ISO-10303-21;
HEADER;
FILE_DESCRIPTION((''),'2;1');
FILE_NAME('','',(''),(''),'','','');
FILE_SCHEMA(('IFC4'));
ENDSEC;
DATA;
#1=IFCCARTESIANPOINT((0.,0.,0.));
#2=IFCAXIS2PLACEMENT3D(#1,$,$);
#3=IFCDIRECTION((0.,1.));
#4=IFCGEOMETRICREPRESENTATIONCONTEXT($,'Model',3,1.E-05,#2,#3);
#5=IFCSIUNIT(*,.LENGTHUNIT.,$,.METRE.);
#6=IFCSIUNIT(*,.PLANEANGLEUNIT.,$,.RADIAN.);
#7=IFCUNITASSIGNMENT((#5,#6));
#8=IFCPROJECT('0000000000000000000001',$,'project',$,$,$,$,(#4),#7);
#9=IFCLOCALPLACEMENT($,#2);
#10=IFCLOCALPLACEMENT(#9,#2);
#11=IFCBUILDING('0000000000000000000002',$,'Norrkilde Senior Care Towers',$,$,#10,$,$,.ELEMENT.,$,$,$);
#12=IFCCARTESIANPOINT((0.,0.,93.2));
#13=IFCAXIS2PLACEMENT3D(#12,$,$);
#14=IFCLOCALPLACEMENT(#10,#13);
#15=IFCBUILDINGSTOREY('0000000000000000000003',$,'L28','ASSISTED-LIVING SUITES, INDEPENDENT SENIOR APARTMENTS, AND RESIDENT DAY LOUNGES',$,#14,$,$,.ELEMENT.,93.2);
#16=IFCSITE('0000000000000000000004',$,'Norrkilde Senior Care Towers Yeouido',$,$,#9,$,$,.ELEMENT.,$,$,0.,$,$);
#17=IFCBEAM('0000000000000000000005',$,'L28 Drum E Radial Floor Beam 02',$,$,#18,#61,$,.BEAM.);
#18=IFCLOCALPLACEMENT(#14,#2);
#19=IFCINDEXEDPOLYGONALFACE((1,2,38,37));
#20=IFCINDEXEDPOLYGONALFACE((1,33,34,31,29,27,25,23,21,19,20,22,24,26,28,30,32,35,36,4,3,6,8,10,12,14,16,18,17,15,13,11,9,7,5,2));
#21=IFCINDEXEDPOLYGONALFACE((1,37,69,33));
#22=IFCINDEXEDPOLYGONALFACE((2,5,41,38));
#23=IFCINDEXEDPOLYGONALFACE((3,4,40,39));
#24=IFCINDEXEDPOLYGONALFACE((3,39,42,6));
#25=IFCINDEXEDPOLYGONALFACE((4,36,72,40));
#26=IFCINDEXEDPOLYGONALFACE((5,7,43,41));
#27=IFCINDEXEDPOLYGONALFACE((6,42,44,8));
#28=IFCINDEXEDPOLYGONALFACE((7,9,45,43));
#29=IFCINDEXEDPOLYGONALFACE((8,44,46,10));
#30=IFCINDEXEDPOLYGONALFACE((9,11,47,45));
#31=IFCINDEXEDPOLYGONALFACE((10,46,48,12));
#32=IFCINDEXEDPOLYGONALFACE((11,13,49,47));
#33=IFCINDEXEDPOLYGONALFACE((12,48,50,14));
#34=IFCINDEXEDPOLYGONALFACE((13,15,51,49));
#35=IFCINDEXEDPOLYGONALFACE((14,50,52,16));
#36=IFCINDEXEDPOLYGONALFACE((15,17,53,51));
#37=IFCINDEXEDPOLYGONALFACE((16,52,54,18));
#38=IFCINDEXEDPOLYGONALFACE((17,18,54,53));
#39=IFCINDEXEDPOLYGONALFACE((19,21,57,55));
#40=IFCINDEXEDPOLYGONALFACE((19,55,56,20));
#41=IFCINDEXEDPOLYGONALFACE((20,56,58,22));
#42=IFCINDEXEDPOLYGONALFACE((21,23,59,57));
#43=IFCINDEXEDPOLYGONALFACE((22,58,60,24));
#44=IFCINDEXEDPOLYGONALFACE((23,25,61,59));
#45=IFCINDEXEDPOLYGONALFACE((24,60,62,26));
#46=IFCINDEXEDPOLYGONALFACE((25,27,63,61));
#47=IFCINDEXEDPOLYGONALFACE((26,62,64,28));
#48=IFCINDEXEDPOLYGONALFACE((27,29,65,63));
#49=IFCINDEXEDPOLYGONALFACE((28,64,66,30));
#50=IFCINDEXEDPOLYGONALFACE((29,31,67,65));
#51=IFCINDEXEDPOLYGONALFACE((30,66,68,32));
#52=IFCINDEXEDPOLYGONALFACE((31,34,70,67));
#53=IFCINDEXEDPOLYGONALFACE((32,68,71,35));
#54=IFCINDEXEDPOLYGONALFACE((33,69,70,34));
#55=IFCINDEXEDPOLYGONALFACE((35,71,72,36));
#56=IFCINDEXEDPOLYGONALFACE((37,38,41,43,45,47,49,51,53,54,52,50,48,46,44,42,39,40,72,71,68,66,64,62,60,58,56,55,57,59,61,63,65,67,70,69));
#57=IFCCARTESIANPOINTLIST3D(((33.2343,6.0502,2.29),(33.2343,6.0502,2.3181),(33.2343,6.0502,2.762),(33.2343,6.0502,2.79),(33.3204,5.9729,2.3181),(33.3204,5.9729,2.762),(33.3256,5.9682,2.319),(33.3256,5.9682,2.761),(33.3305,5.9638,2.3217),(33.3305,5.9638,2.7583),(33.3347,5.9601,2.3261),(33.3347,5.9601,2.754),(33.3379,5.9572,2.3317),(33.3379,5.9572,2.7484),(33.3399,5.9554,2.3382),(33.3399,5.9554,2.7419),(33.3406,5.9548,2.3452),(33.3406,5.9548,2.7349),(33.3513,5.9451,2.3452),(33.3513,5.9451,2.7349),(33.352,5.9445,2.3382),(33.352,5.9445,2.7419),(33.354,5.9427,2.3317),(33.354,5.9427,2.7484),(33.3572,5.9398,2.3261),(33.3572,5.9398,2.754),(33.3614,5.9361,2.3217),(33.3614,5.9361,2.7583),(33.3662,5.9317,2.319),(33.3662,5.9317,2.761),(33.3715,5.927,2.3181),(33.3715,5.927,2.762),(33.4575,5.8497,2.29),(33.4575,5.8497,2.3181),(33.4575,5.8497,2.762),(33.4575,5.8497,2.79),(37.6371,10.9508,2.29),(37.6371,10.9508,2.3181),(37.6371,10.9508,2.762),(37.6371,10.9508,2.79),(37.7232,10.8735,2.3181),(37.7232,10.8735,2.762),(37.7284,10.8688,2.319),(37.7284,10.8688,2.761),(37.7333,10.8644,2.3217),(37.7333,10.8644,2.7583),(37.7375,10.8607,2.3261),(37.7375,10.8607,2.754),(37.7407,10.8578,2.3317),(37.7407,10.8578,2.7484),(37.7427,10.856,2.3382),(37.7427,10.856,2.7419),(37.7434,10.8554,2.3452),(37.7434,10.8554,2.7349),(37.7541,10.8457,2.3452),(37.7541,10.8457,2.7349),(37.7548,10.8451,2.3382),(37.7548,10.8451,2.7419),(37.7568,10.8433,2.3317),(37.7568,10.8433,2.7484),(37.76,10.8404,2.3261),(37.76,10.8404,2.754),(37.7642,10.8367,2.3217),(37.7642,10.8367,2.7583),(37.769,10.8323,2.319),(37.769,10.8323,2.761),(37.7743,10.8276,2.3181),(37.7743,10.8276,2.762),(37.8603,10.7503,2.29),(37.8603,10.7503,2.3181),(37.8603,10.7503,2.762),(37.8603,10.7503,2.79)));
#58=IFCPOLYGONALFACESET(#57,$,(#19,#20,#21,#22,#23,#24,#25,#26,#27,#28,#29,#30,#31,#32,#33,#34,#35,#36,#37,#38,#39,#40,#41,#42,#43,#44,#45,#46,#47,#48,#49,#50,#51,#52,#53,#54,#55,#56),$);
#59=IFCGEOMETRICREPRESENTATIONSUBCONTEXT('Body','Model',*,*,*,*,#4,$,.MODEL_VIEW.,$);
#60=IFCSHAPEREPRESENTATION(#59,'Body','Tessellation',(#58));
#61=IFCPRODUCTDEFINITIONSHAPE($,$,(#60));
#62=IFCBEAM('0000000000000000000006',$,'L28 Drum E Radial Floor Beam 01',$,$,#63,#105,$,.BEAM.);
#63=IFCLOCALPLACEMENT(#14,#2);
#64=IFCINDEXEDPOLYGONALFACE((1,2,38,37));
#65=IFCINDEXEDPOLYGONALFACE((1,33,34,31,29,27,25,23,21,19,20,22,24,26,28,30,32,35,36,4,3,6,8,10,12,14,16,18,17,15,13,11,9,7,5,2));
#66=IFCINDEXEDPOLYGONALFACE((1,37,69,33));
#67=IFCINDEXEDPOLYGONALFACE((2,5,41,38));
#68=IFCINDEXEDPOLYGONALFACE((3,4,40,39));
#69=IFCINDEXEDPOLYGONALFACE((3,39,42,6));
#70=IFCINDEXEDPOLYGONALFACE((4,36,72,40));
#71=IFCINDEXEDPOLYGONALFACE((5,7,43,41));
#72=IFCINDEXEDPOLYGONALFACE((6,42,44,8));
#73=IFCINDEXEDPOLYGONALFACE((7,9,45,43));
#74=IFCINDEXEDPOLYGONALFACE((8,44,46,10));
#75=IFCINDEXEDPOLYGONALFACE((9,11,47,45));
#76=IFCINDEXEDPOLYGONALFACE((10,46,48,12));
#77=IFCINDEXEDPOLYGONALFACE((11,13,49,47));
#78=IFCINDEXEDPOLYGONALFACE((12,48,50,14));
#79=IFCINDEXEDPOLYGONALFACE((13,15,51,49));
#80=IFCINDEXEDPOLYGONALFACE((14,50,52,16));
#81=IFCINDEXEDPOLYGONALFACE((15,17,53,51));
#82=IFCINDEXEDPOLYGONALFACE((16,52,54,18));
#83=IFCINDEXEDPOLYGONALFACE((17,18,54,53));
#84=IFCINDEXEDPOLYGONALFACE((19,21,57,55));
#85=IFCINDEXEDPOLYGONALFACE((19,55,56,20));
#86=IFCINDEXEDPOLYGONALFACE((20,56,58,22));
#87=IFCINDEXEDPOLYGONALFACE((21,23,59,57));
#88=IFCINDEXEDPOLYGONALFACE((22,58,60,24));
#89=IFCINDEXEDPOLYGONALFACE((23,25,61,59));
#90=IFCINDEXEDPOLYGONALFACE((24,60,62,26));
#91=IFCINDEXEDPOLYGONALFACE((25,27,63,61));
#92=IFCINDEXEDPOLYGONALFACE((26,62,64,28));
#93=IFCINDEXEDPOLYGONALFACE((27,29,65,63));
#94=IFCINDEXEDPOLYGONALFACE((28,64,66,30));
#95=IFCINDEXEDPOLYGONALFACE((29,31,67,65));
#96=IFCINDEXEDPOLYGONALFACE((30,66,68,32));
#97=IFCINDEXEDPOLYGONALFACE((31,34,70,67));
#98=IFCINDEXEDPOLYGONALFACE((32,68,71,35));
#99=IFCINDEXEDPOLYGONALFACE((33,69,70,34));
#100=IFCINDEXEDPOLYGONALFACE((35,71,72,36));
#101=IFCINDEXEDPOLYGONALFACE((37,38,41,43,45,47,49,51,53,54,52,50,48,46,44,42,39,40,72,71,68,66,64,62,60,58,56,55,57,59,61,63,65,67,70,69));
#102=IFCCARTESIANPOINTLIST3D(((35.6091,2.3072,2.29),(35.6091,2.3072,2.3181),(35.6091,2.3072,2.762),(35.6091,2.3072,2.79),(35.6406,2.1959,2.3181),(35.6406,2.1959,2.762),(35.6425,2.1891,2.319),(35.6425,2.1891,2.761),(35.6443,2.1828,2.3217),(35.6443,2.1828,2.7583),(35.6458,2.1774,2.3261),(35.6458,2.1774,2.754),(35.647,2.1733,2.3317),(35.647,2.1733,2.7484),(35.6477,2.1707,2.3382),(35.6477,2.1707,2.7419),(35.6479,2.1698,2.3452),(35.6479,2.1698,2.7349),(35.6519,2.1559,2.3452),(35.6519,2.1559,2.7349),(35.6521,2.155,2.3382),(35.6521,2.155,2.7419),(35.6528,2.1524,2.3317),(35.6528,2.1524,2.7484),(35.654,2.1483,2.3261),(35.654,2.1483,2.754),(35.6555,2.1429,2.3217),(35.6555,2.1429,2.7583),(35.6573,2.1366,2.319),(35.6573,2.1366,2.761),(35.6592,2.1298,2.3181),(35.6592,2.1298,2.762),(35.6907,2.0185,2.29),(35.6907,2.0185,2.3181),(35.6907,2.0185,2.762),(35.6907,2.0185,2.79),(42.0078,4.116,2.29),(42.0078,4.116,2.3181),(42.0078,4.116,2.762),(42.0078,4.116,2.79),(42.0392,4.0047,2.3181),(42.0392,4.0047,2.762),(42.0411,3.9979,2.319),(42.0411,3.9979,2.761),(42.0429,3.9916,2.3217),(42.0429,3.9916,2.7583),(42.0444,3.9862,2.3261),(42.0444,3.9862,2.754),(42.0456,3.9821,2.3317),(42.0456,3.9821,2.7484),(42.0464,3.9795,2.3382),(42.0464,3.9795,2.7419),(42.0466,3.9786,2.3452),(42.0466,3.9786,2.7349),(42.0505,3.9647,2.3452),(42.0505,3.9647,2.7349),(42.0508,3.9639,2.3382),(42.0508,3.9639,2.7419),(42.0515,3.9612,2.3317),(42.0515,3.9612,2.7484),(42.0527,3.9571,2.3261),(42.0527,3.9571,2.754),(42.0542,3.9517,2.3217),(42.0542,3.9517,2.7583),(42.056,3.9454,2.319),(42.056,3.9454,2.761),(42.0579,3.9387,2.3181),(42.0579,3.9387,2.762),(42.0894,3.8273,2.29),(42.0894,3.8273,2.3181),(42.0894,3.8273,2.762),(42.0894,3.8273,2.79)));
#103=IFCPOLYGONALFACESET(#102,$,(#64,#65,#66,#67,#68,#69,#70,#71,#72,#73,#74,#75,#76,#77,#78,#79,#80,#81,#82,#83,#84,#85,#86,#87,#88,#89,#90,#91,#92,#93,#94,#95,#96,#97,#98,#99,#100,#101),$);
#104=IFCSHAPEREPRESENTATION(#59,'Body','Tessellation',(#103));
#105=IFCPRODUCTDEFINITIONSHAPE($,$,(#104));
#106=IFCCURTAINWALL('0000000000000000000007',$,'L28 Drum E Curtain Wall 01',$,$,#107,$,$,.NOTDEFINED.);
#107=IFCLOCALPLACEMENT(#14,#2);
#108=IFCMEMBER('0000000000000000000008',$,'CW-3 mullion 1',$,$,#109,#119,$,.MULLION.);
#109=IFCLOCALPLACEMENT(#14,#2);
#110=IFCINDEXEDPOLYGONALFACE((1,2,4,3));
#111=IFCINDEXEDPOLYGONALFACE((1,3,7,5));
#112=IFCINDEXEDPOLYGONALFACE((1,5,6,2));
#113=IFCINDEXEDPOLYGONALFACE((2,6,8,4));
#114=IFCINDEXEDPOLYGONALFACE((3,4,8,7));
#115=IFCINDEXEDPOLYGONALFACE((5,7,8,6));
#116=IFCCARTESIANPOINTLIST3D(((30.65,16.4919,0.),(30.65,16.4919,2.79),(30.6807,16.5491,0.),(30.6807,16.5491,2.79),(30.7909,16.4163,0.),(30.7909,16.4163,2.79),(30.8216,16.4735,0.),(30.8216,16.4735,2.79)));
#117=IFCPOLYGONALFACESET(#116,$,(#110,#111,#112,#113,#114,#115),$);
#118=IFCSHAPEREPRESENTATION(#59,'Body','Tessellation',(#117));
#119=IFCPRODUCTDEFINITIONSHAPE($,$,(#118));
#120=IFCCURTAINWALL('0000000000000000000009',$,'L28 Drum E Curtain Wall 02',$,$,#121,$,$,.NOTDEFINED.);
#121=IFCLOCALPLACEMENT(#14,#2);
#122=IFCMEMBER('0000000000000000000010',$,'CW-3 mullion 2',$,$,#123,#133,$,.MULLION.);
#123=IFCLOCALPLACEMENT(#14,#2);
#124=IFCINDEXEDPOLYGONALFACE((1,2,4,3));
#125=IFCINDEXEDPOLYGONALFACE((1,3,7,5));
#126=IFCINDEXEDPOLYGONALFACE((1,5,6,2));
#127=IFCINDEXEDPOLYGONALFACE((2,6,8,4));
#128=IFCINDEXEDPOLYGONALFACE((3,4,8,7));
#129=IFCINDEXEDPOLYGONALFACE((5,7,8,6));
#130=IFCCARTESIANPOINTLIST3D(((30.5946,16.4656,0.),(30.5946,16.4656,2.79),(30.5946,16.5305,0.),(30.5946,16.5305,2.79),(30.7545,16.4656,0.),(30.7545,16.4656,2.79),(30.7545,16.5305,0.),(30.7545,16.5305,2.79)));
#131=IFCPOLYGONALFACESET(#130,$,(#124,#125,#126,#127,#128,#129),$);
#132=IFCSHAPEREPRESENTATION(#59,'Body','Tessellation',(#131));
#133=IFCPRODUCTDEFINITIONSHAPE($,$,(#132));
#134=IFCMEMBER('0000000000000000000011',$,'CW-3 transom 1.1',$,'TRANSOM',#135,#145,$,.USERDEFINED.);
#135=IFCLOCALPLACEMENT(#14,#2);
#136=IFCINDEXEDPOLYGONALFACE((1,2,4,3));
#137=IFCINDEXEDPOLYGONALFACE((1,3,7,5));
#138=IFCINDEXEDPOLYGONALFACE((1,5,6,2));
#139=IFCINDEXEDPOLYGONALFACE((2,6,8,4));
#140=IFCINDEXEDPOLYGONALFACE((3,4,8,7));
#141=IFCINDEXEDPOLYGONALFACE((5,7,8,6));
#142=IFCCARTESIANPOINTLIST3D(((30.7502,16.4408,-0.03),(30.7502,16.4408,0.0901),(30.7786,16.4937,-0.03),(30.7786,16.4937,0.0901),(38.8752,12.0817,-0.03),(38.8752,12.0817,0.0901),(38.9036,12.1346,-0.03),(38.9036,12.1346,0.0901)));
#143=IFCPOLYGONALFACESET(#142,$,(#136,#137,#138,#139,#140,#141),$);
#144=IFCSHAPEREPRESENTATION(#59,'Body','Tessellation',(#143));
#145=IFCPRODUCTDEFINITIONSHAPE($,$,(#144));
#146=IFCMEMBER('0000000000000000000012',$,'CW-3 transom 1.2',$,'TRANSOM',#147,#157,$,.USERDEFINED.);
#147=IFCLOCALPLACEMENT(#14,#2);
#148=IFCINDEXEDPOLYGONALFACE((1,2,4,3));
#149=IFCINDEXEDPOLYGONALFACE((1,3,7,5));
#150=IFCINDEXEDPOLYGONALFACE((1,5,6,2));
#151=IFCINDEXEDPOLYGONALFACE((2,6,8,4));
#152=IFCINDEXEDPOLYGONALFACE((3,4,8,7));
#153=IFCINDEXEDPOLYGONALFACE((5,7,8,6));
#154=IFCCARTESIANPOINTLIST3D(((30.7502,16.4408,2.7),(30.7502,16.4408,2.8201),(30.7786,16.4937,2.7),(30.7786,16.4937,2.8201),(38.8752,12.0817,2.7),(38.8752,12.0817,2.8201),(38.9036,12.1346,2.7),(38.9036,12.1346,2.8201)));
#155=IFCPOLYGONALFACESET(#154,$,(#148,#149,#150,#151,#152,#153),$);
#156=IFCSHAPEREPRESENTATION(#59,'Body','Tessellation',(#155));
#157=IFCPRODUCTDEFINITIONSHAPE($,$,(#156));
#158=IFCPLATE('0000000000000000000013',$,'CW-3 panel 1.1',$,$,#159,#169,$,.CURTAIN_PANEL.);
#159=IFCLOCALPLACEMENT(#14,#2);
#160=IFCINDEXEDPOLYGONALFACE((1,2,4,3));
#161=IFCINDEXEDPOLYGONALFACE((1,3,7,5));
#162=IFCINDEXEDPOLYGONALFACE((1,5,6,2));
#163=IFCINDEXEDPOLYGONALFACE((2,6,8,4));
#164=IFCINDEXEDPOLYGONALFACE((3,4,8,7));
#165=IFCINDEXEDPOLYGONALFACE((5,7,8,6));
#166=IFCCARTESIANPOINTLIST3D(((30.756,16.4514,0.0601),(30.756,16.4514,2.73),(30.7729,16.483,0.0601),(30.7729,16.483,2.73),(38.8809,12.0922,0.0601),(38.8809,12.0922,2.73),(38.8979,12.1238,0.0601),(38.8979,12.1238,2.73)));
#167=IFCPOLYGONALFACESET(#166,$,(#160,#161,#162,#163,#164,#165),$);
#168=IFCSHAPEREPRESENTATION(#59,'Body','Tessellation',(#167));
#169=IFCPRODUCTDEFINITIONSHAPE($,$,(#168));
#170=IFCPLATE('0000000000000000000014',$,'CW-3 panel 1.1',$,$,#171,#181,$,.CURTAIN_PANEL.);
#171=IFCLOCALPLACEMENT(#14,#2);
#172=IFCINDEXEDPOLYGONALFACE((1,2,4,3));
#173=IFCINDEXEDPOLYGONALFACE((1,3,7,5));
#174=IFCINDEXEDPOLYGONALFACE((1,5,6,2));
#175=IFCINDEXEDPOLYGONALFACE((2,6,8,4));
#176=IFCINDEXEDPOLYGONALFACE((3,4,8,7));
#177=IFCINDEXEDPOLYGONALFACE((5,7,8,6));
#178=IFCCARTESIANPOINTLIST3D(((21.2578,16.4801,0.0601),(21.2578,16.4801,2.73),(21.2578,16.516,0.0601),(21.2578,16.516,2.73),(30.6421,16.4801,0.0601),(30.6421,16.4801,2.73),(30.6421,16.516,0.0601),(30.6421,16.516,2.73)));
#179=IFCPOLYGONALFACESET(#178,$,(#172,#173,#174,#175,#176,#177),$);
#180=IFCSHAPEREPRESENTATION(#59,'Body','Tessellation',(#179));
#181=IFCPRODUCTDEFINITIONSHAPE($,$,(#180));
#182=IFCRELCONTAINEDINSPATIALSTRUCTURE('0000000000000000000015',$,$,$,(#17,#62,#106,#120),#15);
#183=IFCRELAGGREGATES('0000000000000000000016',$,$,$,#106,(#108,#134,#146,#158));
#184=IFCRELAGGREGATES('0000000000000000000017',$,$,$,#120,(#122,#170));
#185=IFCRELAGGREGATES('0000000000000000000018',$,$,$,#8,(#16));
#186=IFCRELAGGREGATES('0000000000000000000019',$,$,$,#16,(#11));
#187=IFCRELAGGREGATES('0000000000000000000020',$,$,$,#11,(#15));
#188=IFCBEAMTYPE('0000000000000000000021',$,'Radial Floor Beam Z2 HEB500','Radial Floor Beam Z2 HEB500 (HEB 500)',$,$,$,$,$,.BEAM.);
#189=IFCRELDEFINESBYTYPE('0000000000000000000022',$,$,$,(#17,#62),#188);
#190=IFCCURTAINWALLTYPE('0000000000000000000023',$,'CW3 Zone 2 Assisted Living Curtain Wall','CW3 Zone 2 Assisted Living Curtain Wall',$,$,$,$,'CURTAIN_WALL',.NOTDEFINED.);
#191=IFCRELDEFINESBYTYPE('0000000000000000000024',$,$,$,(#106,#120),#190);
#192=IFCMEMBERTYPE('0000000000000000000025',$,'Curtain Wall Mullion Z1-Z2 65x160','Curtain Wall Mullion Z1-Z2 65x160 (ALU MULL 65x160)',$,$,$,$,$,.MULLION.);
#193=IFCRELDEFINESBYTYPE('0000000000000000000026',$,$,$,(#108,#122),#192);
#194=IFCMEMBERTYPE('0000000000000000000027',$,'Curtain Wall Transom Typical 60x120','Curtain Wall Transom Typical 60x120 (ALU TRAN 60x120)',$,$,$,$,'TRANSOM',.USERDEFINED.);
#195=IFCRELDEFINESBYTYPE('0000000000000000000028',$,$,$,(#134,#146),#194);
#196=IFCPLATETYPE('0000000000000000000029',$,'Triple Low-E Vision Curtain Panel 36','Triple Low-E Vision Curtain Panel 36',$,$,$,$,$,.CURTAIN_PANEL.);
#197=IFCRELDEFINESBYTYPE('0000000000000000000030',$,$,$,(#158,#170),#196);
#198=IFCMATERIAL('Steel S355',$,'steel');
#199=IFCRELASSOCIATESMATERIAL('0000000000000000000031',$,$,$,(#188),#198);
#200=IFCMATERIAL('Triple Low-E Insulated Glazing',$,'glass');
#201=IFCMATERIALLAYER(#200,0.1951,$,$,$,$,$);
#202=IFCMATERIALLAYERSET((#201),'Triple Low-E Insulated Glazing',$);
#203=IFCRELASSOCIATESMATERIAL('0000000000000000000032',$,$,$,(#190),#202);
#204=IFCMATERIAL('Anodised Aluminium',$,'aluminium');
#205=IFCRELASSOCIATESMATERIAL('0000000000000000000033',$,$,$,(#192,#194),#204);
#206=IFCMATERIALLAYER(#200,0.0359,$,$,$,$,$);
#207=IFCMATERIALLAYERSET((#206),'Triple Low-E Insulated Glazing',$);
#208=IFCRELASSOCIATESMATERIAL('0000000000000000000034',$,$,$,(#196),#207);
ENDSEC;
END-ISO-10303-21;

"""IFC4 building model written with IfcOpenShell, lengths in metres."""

from ifc_helpers import new_model, si_unit, direction, frame, origin, origin_2d, place, context, subcontext, project, spatial, rectangle, i_section, extrude, source, transform, mapped, material, layer, layer_set, material_profile, profile_set, type_object, type_shapes, element, aggregate, save


model = new_model("IFC4")

# Units and contexts
model_context = context("Model", 3, precision=1e-05, world=origin(), true_north=direction((0.0, 1.0)))
body_context = subcontext(model_context, "Body", "Model", "MODEL_VIEW")
ifc_project = project(units=[si_unit("LENGTHUNIT", "METRE"), si_unit("PLANEANGLEUNIT", "RADIAN")], contexts=[model_context])

# Site, building, storey
site_placement = place(None, origin())
site = spatial("IfcSite", under=ifc_project, at=site_placement, Name="Norrkilde Senior Care Towers Yeouido", CompositionType="ELEMENT", RefElevation=0.0)
building_placement = place(site_placement, origin())
building = spatial("IfcBuilding", under=site, at=building_placement, Name="Norrkilde Senior Care Towers", CompositionType="ELEMENT")
storey_placement = place(building_placement, frame((0.0, 0.0, 93.2)))
storey = spatial("IfcBuildingStorey", under=building, at=storey_placement, Name="L28", Description="ASSISTED-LIVING SUITES, INDEPENDENT SENIOR APARTMENTS, AND RESIDENT DAY LOUNGES", CompositionType="ELEMENT", Elevation=93.2)

# Beams
ifc_material_1 = material(Name="Steel S355", Category="steel")
ifc_material_profile_1 = material_profile(ifc_material_1, i_section(OverallWidth=0.3, OverallDepth=0.5, WebThickness=0.0144, FlangeThickness=0.0281, FilletRadius=0.0271, at=origin_2d()), Name="HEB 500")
ifc_profile_set_1 = profile_set([ifc_material_profile_1], Name="Steel S355")
beam_type_1 = type_object("IfcBeamType", Name="Radial Floor Beam Z2 HEB500", Description="Radial Floor Beam Z2 HEB500 (HEB 500)", PredefinedType="BEAM", material=ifc_profile_set_1)
shared_shape_1 = source(origin(), body_context, "Body", "SweptSolid", [
    extrude(i_section(OverallWidth=0.3, OverallDepth=0.5, WebThickness=0.0144, FlangeThickness=0.0281, FilletRadius=0.0271, at=origin_2d()), origin(), (0.0, 0.0, 1.0), 6.5879),
])
beam_1_placement = place(storey_placement, frame((33.3459, 5.95, 2.54), z_axis=(0.668315, 0.743878, 0.0), x_axis=(-0.743878, 0.668315, 0.0)))
element("IfcBeam", 1, at=beam_1_placement, inside=storey, type_object=beam_type_1, Name="L28 Drum E Radial Floor Beam 02", PredefinedType="BEAM", context=body_context, shape_type="MappedRepresentation", body=[
    mapped(shared_shape_1, transform((0.0, 0.0, 0.0), x_axis=(1.0, 0.0, 0.0), y_axis=(0.0, 1.0, 0.0), z_axis=(0.0, 0.0, 1.0), scale=1.0)),
])
shared_shape_2 = source(origin(), body_context, "Body", "SweptSolid", [
    extrude(i_section(OverallWidth=0.3, OverallDepth=0.5, WebThickness=0.0144, FlangeThickness=0.0281, FilletRadius=0.0271, at=origin_2d()), origin(), (0.0, 0.0, 1.0), 6.6494),
])
beam_2_placement = place(storey_placement, frame((35.6499, 2.1628, 2.54), z_axis=(0.962289, 0.272029, 0.0), x_axis=(-0.272029, 0.962289, 0.0)))
element("IfcBeam", 2, at=beam_2_placement, inside=storey, type_object=beam_type_1, Name="L28 Drum E Radial Floor Beam 01", PredefinedType="BEAM", context=body_context, shape_type="MappedRepresentation", body=[
    mapped(shared_shape_2, transform((0.0, 0.0, 0.0), x_axis=(1.0, 0.0, 0.0), y_axis=(0.0, 1.0, 0.0), z_axis=(0.0, 0.0, 1.0), scale=1.0)),
])

# Curtain walls, members
ifc_material_2 = material(Name="Triple Low-E Insulated Glazing", Category="glass")
ifc_layer_1 = layer(ifc_material_2, 0.1951)
ifc_layer_set_1 = layer_set([ifc_layer_1], Name="Triple Low-E Insulated Glazing")
curtain_wall_type = type_object("IfcCurtainWallType", Name="CW3 Zone 2 Assisted Living Curtain Wall", Description="CW3 Zone 2 Assisted Living Curtain Wall", ElementType="CURTAIN_WALL", PredefinedType="NOTDEFINED", material=ifc_layer_set_1)
curtain_wall_1_placement = place(storey_placement, origin())
curtain_wall_1 = element("IfcCurtainWall", 3, at=curtain_wall_1_placement, inside=storey, type_object=curtain_wall_type, Name="L28 Drum E Curtain Wall 01", PredefinedType="NOTDEFINED")
ifc_material_3 = material(Name="Anodised Aluminium", Category="aluminium")
ifc_material_profile_2 = material_profile(ifc_material_3, rectangle(XDim=0.0649, YDim=0.1599, at=origin_2d()), Name="ALU MULL 65x160")
ifc_profile_set_2 = profile_set([ifc_material_profile_2], Name="Anodised Aluminium")
member_type_1 = type_object("IfcMemberType", Name="Curtain Wall Mullion Z1-Z2 65x160", Description="Curtain Wall Mullion Z1-Z2 65x160 (ALU MULL 65x160)", PredefinedType="MULLION", material=ifc_profile_set_2)
shared_shape_3 = source(origin(), body_context, "Body", "SweptSolid", [
    extrude(rectangle(XDim=0.0649, YDim=0.1599, at=origin_2d()), origin(), (0.0, 0.0, 1.0), 2.79),
])
type_shapes(member_type_1, [shared_shape_3])
member_1_placement = place(storey_placement, frame((30.7358, 16.4827, 0.0), z_axis=(0.0, 0.0, 1.0), x_axis=(0.472769, 0.881186, 0.0)))
member_1 = element("IfcMember", 4, at=member_1_placement, type_object=member_type_1, Name="CW-3 mullion 1", PredefinedType="MULLION", context=body_context, shape_type="MappedRepresentation", body=[
    mapped(shared_shape_3, transform((0.0, 0.0, 0.0), x_axis=(1.0, 0.0, 0.0), y_axis=(0.0, 1.0, 0.0), z_axis=(0.0, 0.0, 1.0), scale=1.0)),
])
curtain_wall_2_placement = place(storey_placement, origin())
curtain_wall_2 = element("IfcCurtainWall", 5, at=curtain_wall_2_placement, inside=storey, type_object=curtain_wall_type, Name="L28 Drum E Curtain Wall 02", PredefinedType="NOTDEFINED")
member_2_placement = place(storey_placement, frame((30.6746, 16.498, 0.0), z_axis=(0.0, 0.0, 1.0), x_axis=(0.0, 1.0, 0.0)))
member_2 = element("IfcMember", 6, at=member_2_placement, type_object=member_type_1, Name="CW-3 mullion 2", PredefinedType="MULLION", context=body_context, shape_type="MappedRepresentation", body=[
    mapped(shared_shape_3, transform((0.0, 0.0, 0.0), x_axis=(1.0, 0.0, 0.0), y_axis=(0.0, 1.0, 0.0), z_axis=(0.0, 0.0, 1.0), scale=1.0)),
])

# Members
ifc_material_profile_3 = material_profile(ifc_material_3, rectangle(XDim=0.0601, YDim=0.1201, at=origin_2d()), Name="ALU TRAN 60x120")
ifc_profile_set_3 = profile_set([ifc_material_profile_3], Name="Anodised Aluminium")
member_type_2 = type_object("IfcMemberType", Name="Curtain Wall Transom Typical 60x120", Description="Curtain Wall Transom Typical 60x120 (ALU TRAN 60x120)", ElementType="TRANSOM", PredefinedType="USERDEFINED", material=ifc_profile_set_3)
shared_shape_4 = source(origin(), body_context, "Body", "SweptSolid", [
    extrude(rectangle(XDim=0.0601, YDim=0.1201, at=origin_2d()), origin(), (0.0, 0.0, 1.0), 9.2205),
])
type_shapes(member_type_2, [shared_shape_4])
member_3_placement = place(storey_placement, frame((30.7644, 16.4673, 0.03), z_axis=(0.881189, -0.472765, 0.0), x_axis=(0.472765, 0.881189, 0.0)))
member_3 = element("IfcMember", 7, at=member_3_placement, type_object=member_type_2, Name="CW-3 transom 1.1", ObjectType="TRANSOM", PredefinedType="USERDEFINED", context=body_context, shape_type="MappedRepresentation", body=[
    mapped(shared_shape_4, transform((0.0, 0.0, 0.0), x_axis=(1.0, 0.0, 0.0), y_axis=(0.0, 1.0, 0.0), z_axis=(0.0, 0.0, 1.0), scale=1.0)),
])
member_4_placement = place(storey_placement, frame((30.7644, 16.4673, 2.76), z_axis=(0.881189, -0.472765, 0.0), x_axis=(0.472765, 0.881189, 0.0)))
member_4 = element("IfcMember", 8, at=member_4_placement, type_object=member_type_2, Name="CW-3 transom 1.2", ObjectType="TRANSOM", PredefinedType="USERDEFINED", context=body_context, shape_type="MappedRepresentation", body=[
    mapped(shared_shape_4, transform((0.0, 0.0, 0.0), x_axis=(1.0, 0.0, 0.0), y_axis=(0.0, 1.0, 0.0), z_axis=(0.0, 0.0, 1.0), scale=1.0)),
])

# Plates
ifc_layer_2 = layer(ifc_material_2, 0.0359)
ifc_layer_set_2 = layer_set([ifc_layer_2], Name="Triple Low-E Insulated Glazing")
plate_type = type_object("IfcPlateType", Name="Triple Low-E Vision Curtain Panel 36", Description="Triple Low-E Vision Curtain Panel 36", PredefinedType="CURTAIN_PANEL", material=ifc_layer_set_2)
shared_shape_5 = source(origin(), body_context, "Body", "SweptSolid", [
    extrude(rectangle(XDim=9.2205, YDim=0.0359, at=origin_2d()), origin(), (0.0, 0.0, 1.0), 2.6699),
])
plate_1_placement = place(storey_placement, frame((34.8269, 14.2876, 0.0601), z_axis=(0.0, 0.0, 1.0), x_axis=(0.881186, -0.472769, 0.0)))
plate_1 = element("IfcPlate", 9, at=plate_1_placement, type_object=plate_type, Name="CW-3 panel 1.1", PredefinedType="CURTAIN_PANEL", context=body_context, shape_type="MappedRepresentation", body=[
    mapped(shared_shape_5, transform((0.0, 0.0, 0.0), x_axis=(1.0, 0.0, 0.0), y_axis=(0.0, 1.0, 0.0), z_axis=(0.0, 0.0, 1.0), scale=1.0)),
])
aggregate(curtain_wall_1, [member_1, member_3, member_4, plate_1])
shared_shape_6 = source(origin(), body_context, "Body", "SweptSolid", [
    extrude(rectangle(XDim=9.3843, YDim=0.0359, at=origin_2d()), origin(), (0.0, 0.0, 1.0), 2.6699),
])
type_shapes(plate_type, [shared_shape_5, shared_shape_6])
plate_2_placement = place(storey_placement, frame((25.95, 16.498, 0.0601), z_axis=(0.0, 0.0, 1.0), x_axis=(1.0, 0.0, 0.0)))
plate_2 = element("IfcPlate", 10, at=plate_2_placement, type_object=plate_type, Name="CW-3 panel 1.1", PredefinedType="CURTAIN_PANEL", context=body_context, shape_type="MappedRepresentation", body=[
    mapped(shared_shape_6, transform((0.0, 0.0, 0.0), x_axis=(1.0, 0.0, 0.0), y_axis=(0.0, 1.0, 0.0), z_axis=(0.0, 0.0, 1.0), scale=1.0)),
])
aggregate(curtain_wall_2, [member_2, plate_2])

save(model, "model.ifc")
